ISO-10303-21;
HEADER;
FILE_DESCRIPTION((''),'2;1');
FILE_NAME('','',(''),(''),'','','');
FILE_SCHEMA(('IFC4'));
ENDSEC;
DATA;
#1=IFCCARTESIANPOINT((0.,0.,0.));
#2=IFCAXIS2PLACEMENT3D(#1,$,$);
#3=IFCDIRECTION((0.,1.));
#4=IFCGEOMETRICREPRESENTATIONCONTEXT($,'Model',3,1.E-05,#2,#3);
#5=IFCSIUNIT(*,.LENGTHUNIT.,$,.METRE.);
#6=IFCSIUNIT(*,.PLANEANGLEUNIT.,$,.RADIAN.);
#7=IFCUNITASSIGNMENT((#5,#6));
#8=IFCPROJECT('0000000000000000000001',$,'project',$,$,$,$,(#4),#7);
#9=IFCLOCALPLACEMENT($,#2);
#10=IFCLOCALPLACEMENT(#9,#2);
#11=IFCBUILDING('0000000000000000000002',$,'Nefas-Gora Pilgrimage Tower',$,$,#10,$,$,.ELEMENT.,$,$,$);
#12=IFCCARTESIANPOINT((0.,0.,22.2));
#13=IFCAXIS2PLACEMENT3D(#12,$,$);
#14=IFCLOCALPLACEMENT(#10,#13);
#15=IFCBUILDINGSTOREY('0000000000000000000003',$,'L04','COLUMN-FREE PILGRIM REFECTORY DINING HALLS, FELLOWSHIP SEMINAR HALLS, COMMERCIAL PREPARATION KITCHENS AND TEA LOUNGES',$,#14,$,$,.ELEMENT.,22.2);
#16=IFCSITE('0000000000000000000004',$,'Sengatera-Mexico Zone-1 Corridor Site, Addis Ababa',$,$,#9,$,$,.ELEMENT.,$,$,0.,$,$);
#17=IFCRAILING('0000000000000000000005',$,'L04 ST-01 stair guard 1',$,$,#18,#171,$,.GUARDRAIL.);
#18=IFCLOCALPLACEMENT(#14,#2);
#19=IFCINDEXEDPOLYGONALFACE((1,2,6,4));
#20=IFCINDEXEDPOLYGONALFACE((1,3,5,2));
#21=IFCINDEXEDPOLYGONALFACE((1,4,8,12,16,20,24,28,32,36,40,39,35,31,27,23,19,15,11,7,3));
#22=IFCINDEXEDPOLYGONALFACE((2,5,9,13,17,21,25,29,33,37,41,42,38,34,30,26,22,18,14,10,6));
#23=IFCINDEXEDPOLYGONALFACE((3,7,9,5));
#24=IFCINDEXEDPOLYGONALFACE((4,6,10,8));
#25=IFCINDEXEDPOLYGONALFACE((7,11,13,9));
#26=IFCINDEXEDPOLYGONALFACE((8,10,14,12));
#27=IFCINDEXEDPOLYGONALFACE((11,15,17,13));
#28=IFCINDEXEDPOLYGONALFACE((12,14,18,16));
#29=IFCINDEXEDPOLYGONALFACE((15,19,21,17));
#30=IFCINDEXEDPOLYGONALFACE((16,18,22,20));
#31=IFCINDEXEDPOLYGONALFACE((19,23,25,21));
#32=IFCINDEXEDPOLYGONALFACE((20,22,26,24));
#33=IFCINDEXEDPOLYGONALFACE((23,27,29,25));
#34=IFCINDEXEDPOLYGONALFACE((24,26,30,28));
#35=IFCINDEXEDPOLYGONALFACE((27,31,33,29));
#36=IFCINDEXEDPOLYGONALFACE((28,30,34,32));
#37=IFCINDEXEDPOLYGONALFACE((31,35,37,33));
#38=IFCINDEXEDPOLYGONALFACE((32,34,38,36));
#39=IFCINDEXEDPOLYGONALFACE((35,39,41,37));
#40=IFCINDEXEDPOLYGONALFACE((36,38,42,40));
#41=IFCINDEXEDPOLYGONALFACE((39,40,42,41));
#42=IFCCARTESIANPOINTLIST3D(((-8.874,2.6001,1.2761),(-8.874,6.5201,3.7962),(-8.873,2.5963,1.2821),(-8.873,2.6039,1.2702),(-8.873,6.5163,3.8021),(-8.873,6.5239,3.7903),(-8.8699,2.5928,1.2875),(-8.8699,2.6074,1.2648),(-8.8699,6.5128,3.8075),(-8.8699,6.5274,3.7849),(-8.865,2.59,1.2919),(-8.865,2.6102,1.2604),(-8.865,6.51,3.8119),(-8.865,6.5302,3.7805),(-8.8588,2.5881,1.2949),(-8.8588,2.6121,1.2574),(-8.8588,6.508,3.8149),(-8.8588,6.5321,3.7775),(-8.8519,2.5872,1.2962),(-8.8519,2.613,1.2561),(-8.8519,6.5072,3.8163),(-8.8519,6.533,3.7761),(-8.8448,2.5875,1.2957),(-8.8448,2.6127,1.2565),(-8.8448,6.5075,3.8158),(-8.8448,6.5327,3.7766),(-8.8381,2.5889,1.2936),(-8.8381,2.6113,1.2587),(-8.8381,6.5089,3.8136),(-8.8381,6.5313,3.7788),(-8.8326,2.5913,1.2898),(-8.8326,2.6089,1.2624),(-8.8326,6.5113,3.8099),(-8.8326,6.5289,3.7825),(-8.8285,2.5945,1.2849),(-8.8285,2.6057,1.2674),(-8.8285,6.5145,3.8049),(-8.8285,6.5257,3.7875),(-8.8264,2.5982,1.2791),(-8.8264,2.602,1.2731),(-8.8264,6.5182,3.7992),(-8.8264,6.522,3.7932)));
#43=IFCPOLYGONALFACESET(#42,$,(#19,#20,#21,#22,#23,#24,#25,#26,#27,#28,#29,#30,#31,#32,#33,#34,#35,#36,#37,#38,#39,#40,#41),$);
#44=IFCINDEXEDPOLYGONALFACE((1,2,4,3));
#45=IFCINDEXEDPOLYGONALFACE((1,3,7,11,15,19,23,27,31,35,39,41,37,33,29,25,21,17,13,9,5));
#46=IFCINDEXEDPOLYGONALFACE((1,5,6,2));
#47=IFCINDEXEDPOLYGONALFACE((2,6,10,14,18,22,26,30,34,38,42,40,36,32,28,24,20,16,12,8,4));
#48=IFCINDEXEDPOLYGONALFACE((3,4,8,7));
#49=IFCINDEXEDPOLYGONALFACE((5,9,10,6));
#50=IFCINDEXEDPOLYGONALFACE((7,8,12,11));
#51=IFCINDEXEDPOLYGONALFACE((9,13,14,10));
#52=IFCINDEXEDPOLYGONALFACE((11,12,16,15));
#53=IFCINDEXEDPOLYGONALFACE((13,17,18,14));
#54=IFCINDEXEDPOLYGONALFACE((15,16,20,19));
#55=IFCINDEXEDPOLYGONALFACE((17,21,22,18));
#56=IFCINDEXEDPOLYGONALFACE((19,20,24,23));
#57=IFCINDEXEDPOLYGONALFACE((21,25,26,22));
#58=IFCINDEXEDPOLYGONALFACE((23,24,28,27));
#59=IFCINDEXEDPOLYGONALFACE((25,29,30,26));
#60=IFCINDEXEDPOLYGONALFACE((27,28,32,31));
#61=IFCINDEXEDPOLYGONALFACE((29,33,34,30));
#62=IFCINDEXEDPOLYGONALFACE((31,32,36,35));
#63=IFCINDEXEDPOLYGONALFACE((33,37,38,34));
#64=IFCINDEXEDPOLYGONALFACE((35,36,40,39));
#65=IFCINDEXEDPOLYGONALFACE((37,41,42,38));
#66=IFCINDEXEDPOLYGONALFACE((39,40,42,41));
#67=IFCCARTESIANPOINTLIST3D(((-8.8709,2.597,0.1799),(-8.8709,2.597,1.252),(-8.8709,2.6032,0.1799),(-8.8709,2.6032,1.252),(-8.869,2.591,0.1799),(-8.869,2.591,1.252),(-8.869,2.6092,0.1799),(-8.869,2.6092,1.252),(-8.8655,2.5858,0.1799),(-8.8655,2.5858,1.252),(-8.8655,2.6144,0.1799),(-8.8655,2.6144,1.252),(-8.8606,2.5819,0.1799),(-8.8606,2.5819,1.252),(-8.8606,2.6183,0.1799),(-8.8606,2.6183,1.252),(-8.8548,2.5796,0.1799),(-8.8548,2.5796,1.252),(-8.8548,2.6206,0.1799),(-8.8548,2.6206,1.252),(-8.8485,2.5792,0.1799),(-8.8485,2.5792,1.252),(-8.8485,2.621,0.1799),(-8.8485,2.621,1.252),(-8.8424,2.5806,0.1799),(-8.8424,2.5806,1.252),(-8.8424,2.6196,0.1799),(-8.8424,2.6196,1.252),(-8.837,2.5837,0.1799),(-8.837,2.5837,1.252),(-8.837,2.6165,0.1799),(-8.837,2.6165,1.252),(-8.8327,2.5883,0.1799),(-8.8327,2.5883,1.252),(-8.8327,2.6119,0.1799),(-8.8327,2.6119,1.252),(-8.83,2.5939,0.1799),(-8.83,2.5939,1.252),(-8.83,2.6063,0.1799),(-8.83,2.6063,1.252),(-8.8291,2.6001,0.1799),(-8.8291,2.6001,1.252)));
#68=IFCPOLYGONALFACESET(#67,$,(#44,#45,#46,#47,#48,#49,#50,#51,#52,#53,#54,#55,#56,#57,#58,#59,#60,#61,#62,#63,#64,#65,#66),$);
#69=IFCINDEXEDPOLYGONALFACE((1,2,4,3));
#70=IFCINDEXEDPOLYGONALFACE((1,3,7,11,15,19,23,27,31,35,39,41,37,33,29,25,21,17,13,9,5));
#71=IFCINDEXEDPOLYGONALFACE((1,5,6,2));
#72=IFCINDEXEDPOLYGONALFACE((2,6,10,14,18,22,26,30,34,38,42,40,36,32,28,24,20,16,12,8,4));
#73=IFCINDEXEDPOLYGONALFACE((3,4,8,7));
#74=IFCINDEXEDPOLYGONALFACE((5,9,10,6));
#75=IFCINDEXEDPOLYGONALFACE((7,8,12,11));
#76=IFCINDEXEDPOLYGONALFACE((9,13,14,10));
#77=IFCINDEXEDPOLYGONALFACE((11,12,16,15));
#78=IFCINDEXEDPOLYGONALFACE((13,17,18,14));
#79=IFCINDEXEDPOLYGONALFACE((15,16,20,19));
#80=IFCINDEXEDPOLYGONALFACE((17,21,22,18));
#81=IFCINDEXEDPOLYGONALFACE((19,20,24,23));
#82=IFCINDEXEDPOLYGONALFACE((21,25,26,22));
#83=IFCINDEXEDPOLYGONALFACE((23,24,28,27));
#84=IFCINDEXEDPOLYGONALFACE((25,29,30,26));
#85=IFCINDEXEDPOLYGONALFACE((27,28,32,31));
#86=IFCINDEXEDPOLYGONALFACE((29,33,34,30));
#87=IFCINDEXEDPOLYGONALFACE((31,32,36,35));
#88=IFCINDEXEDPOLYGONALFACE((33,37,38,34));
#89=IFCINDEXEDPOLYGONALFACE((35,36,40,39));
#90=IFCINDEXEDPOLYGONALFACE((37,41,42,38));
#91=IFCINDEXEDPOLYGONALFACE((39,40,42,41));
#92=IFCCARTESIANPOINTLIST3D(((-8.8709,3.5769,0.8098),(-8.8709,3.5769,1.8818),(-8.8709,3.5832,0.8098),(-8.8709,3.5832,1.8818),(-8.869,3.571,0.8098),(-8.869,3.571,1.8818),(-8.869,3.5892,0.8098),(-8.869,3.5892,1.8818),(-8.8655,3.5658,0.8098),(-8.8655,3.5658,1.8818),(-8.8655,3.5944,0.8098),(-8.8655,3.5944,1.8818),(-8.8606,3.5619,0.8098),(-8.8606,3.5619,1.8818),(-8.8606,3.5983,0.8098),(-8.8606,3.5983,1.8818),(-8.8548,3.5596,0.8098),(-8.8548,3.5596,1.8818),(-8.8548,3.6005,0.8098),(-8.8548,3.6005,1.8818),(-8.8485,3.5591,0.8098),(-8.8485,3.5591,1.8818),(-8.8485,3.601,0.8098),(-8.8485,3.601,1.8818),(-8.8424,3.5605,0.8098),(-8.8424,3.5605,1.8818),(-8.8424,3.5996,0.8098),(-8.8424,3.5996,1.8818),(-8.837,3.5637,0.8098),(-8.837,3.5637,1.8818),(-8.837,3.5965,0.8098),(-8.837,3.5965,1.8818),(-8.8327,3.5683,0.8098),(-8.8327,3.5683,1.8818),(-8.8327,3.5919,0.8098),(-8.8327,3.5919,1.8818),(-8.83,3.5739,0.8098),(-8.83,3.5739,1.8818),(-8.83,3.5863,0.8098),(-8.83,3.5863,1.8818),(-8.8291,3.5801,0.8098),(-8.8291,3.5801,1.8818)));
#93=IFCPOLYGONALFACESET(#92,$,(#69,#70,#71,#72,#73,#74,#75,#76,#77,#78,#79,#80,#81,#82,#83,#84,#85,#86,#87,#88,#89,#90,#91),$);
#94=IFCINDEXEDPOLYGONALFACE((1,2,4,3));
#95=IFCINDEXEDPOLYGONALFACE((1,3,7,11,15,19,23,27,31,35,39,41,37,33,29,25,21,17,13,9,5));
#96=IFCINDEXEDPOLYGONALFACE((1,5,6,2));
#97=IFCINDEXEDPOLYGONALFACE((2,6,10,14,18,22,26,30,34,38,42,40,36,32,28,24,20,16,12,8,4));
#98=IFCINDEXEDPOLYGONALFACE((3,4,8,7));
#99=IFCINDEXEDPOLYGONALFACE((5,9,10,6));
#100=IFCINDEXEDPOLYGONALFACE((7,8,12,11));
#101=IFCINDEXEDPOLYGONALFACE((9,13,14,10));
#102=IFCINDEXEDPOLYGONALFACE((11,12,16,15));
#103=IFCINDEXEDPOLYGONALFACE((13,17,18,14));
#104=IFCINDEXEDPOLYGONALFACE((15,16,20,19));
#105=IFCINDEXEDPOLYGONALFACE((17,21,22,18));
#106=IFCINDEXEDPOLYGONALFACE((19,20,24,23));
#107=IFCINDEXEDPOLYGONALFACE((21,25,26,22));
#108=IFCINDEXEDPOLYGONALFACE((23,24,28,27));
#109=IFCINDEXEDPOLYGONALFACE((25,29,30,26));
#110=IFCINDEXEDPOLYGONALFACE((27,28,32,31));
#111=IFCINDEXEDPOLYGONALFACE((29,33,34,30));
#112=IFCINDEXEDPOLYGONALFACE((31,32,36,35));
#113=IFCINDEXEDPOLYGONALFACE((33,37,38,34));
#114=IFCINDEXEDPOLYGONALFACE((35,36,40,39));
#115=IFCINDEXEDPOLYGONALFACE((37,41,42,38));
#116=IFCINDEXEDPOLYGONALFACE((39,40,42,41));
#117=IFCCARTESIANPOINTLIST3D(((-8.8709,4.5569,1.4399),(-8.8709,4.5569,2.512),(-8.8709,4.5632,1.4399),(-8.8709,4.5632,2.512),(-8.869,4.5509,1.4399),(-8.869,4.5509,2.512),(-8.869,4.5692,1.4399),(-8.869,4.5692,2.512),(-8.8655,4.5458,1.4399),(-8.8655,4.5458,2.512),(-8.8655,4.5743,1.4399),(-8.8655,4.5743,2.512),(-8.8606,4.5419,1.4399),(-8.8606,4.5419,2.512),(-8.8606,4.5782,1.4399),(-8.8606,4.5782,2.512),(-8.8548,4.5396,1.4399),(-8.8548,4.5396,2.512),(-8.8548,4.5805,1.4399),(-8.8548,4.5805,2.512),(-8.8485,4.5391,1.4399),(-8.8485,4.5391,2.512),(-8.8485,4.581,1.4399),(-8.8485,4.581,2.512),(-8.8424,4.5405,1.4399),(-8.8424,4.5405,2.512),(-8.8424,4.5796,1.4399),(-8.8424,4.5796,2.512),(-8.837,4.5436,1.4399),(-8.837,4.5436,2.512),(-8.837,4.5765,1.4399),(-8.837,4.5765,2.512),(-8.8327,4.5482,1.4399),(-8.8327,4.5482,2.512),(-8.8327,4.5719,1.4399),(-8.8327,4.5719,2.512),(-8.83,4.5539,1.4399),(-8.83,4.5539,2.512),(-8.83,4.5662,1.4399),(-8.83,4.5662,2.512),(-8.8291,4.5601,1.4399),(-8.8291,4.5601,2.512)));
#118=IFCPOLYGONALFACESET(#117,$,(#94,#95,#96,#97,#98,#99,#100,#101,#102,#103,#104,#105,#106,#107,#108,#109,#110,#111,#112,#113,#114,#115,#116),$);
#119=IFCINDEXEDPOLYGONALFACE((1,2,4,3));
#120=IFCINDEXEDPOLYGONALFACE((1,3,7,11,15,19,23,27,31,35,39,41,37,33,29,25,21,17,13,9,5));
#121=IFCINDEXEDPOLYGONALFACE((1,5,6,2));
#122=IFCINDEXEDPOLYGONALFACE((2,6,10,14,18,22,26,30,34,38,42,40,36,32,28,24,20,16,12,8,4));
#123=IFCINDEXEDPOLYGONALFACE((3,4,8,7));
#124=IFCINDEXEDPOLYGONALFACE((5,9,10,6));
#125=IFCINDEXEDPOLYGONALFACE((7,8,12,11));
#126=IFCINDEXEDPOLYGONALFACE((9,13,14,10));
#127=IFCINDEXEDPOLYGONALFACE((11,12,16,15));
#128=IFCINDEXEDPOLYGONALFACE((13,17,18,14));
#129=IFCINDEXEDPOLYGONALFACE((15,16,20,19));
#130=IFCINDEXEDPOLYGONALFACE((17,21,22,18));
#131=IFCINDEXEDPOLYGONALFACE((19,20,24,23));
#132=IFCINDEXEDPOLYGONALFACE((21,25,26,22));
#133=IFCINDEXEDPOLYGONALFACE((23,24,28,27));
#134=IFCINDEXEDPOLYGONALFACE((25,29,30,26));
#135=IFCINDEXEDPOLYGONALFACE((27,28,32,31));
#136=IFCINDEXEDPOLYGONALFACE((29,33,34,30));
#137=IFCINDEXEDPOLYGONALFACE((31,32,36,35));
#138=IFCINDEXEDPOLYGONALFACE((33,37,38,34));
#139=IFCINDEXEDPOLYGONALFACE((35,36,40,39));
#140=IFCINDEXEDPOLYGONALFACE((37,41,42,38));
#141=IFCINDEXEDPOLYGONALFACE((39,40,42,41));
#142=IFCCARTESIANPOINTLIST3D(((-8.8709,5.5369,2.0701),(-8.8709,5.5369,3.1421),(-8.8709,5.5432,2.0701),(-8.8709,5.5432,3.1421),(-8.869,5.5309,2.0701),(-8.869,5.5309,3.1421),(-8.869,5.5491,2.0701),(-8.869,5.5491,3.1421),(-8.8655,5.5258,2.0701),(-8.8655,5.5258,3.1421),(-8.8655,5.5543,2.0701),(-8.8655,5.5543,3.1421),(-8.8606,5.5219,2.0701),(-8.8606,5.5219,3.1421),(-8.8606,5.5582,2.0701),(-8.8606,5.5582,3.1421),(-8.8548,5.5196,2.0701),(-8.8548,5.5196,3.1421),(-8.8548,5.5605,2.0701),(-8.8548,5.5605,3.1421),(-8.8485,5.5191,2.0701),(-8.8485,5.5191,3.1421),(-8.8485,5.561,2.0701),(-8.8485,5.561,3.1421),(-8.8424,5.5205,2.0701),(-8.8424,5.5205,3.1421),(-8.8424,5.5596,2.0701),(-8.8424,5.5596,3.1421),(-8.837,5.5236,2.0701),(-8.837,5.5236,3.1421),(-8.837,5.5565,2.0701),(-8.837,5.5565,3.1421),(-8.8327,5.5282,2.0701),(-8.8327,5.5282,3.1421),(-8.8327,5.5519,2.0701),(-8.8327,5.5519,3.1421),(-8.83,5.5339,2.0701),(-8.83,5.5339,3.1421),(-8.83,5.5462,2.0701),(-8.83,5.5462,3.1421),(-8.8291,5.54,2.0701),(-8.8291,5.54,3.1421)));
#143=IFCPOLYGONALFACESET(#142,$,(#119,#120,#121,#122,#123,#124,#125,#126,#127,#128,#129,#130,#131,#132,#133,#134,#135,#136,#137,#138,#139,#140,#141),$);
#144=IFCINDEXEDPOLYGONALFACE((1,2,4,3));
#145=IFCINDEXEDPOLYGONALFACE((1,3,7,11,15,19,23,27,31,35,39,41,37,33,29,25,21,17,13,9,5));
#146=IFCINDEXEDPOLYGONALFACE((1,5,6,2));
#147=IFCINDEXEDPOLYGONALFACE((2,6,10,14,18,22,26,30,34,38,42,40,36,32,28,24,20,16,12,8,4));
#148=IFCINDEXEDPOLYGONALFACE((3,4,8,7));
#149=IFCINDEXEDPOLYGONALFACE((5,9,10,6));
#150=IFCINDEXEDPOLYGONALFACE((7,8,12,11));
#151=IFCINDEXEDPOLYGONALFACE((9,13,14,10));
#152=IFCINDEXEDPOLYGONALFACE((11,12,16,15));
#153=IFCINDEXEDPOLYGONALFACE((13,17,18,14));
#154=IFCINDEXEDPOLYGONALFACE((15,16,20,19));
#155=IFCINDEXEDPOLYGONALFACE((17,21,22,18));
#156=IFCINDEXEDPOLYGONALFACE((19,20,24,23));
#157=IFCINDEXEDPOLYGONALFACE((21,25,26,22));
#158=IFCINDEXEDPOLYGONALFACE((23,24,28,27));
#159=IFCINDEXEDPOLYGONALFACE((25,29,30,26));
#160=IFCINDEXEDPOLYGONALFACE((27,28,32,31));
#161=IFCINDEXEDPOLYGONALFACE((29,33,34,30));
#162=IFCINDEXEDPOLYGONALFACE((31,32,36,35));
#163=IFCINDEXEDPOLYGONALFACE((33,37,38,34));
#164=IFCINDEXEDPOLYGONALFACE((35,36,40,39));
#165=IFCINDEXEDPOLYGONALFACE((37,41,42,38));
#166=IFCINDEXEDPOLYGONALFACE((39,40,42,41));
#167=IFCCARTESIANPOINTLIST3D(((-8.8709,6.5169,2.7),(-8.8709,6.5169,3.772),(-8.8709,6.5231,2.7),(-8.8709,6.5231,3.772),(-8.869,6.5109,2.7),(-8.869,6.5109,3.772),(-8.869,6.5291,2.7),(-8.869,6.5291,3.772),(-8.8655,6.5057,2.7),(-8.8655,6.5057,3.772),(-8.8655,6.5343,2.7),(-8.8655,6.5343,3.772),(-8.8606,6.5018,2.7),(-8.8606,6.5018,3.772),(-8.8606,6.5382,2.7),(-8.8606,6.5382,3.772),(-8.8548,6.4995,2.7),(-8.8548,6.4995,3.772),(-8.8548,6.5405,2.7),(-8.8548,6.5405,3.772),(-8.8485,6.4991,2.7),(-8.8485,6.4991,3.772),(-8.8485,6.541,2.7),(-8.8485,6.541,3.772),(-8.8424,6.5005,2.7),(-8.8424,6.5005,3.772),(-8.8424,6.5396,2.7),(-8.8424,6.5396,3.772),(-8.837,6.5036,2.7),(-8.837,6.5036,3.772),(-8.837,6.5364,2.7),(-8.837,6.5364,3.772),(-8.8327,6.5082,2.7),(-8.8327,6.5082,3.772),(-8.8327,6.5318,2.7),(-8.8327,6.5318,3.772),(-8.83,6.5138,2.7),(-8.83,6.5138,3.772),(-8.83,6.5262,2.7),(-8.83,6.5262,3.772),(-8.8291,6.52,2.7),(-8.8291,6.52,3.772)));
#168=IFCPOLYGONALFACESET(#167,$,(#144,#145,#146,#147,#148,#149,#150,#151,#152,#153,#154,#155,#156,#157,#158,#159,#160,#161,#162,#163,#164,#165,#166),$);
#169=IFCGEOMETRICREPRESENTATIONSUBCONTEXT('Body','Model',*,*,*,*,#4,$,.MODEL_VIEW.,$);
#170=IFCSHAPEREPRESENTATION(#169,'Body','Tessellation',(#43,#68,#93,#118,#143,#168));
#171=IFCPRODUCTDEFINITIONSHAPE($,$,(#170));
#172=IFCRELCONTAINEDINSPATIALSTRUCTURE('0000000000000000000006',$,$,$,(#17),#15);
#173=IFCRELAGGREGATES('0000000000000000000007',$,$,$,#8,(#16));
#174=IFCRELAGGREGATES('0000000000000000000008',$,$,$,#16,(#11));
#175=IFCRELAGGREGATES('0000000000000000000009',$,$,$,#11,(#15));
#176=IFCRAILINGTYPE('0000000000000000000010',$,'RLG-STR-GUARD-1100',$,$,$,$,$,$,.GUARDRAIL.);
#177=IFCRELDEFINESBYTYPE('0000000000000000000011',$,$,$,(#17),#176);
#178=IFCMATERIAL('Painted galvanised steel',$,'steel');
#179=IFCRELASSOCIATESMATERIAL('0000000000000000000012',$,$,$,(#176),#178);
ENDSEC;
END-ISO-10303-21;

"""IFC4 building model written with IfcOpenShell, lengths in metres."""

from ifc_helpers import new_model, si_unit, direction, frame, origin, origin_2d, place, context, subcontext, project, spatial, circle, extrude, material, type_object, element, save


model = new_model("IFC4")

# Units and contexts
model_context = context("Model", 3, precision=1e-05, world=origin(), true_north=direction((0.0, 1.0)))
body_context = subcontext(model_context, "Body", "Model", "MODEL_VIEW")
ifc_project = project(units=[si_unit("LENGTHUNIT", "METRE"), si_unit("PLANEANGLEUNIT", "RADIAN")], contexts=[model_context])

# Site, building, storey
site_placement = place(None, origin())
site = spatial("IfcSite", under=ifc_project, at=site_placement, Name="Sengatera-Mexico Zone-1 Corridor Site, Addis Ababa", CompositionType="ELEMENT", RefElevation=0.0)
building_placement = place(site_placement, origin())
building = spatial("IfcBuilding", under=site, at=building_placement, Name="Nefas-Gora Pilgrimage Tower", CompositionType="ELEMENT")
storey_placement = place(building_placement, frame((0.0, 0.0, 22.2)))
storey = spatial("IfcBuildingStorey", under=building, at=storey_placement, Name="L04", Description="COLUMN-FREE PILGRIM REFECTORY DINING HALLS, FELLOWSHIP SEMINAR HALLS, COMMERCIAL PREPARATION KITCHENS AND TEA LOUNGES", CompositionType="ELEMENT", Elevation=22.2)

# Railing
ifc_material_1 = material(Name="Painted galvanised steel", Category="steel")
railing_type_1 = type_object("IfcRailingType", Name="RLG-STR-GUARD-1100", PredefinedType="GUARDRAIL", material=ifc_material_1)
railing_1_placement = place(storey_placement, frame((-8.8501, 2.6001, 0.1799)))
element("IfcRailing", 1, at=railing_1_placement, inside=storey, type_object=railing_type_1, Name="L04 ST-01 stair guard 1", PredefinedType="GUARDRAIL", context=body_context, shape_type="SweptSolid", body=[
    extrude(circle(Radius=0.0239, at=origin_2d()), frame((0.0, 0.0, 1.0962), z_axis=(0.0, 0.841172, 0.540768), x_axis=(-1.0, 0.0, 0.0)), (0.0, 0.0, 1.0), 4.6602),
    extrude(circle(Radius=0.021, at=origin_2d()), origin(), (0.0, 0.0, 1.0), 1.072),
    extrude(circle(Radius=0.021, at=origin_2d()), frame((0.0, 0.98, 0.6299)), (0.0, 0.0, 1.0), 1.072),
    extrude(circle(Radius=0.021, at=origin_2d()), frame((0.0, 1.96, 1.26)), (0.0, 0.0, 1.0), 1.072),
    extrude(circle(Radius=0.021, at=origin_2d()), frame((0.0, 2.9399, 1.8901)), (0.0, 0.0, 1.0), 1.072),
    extrude(circle(Radius=0.021, at=origin_2d()), frame((0.0, 3.9199, 2.52)), (0.0, 0.0, 1.0), 1.072),
])

save(model, "model.ifc")
